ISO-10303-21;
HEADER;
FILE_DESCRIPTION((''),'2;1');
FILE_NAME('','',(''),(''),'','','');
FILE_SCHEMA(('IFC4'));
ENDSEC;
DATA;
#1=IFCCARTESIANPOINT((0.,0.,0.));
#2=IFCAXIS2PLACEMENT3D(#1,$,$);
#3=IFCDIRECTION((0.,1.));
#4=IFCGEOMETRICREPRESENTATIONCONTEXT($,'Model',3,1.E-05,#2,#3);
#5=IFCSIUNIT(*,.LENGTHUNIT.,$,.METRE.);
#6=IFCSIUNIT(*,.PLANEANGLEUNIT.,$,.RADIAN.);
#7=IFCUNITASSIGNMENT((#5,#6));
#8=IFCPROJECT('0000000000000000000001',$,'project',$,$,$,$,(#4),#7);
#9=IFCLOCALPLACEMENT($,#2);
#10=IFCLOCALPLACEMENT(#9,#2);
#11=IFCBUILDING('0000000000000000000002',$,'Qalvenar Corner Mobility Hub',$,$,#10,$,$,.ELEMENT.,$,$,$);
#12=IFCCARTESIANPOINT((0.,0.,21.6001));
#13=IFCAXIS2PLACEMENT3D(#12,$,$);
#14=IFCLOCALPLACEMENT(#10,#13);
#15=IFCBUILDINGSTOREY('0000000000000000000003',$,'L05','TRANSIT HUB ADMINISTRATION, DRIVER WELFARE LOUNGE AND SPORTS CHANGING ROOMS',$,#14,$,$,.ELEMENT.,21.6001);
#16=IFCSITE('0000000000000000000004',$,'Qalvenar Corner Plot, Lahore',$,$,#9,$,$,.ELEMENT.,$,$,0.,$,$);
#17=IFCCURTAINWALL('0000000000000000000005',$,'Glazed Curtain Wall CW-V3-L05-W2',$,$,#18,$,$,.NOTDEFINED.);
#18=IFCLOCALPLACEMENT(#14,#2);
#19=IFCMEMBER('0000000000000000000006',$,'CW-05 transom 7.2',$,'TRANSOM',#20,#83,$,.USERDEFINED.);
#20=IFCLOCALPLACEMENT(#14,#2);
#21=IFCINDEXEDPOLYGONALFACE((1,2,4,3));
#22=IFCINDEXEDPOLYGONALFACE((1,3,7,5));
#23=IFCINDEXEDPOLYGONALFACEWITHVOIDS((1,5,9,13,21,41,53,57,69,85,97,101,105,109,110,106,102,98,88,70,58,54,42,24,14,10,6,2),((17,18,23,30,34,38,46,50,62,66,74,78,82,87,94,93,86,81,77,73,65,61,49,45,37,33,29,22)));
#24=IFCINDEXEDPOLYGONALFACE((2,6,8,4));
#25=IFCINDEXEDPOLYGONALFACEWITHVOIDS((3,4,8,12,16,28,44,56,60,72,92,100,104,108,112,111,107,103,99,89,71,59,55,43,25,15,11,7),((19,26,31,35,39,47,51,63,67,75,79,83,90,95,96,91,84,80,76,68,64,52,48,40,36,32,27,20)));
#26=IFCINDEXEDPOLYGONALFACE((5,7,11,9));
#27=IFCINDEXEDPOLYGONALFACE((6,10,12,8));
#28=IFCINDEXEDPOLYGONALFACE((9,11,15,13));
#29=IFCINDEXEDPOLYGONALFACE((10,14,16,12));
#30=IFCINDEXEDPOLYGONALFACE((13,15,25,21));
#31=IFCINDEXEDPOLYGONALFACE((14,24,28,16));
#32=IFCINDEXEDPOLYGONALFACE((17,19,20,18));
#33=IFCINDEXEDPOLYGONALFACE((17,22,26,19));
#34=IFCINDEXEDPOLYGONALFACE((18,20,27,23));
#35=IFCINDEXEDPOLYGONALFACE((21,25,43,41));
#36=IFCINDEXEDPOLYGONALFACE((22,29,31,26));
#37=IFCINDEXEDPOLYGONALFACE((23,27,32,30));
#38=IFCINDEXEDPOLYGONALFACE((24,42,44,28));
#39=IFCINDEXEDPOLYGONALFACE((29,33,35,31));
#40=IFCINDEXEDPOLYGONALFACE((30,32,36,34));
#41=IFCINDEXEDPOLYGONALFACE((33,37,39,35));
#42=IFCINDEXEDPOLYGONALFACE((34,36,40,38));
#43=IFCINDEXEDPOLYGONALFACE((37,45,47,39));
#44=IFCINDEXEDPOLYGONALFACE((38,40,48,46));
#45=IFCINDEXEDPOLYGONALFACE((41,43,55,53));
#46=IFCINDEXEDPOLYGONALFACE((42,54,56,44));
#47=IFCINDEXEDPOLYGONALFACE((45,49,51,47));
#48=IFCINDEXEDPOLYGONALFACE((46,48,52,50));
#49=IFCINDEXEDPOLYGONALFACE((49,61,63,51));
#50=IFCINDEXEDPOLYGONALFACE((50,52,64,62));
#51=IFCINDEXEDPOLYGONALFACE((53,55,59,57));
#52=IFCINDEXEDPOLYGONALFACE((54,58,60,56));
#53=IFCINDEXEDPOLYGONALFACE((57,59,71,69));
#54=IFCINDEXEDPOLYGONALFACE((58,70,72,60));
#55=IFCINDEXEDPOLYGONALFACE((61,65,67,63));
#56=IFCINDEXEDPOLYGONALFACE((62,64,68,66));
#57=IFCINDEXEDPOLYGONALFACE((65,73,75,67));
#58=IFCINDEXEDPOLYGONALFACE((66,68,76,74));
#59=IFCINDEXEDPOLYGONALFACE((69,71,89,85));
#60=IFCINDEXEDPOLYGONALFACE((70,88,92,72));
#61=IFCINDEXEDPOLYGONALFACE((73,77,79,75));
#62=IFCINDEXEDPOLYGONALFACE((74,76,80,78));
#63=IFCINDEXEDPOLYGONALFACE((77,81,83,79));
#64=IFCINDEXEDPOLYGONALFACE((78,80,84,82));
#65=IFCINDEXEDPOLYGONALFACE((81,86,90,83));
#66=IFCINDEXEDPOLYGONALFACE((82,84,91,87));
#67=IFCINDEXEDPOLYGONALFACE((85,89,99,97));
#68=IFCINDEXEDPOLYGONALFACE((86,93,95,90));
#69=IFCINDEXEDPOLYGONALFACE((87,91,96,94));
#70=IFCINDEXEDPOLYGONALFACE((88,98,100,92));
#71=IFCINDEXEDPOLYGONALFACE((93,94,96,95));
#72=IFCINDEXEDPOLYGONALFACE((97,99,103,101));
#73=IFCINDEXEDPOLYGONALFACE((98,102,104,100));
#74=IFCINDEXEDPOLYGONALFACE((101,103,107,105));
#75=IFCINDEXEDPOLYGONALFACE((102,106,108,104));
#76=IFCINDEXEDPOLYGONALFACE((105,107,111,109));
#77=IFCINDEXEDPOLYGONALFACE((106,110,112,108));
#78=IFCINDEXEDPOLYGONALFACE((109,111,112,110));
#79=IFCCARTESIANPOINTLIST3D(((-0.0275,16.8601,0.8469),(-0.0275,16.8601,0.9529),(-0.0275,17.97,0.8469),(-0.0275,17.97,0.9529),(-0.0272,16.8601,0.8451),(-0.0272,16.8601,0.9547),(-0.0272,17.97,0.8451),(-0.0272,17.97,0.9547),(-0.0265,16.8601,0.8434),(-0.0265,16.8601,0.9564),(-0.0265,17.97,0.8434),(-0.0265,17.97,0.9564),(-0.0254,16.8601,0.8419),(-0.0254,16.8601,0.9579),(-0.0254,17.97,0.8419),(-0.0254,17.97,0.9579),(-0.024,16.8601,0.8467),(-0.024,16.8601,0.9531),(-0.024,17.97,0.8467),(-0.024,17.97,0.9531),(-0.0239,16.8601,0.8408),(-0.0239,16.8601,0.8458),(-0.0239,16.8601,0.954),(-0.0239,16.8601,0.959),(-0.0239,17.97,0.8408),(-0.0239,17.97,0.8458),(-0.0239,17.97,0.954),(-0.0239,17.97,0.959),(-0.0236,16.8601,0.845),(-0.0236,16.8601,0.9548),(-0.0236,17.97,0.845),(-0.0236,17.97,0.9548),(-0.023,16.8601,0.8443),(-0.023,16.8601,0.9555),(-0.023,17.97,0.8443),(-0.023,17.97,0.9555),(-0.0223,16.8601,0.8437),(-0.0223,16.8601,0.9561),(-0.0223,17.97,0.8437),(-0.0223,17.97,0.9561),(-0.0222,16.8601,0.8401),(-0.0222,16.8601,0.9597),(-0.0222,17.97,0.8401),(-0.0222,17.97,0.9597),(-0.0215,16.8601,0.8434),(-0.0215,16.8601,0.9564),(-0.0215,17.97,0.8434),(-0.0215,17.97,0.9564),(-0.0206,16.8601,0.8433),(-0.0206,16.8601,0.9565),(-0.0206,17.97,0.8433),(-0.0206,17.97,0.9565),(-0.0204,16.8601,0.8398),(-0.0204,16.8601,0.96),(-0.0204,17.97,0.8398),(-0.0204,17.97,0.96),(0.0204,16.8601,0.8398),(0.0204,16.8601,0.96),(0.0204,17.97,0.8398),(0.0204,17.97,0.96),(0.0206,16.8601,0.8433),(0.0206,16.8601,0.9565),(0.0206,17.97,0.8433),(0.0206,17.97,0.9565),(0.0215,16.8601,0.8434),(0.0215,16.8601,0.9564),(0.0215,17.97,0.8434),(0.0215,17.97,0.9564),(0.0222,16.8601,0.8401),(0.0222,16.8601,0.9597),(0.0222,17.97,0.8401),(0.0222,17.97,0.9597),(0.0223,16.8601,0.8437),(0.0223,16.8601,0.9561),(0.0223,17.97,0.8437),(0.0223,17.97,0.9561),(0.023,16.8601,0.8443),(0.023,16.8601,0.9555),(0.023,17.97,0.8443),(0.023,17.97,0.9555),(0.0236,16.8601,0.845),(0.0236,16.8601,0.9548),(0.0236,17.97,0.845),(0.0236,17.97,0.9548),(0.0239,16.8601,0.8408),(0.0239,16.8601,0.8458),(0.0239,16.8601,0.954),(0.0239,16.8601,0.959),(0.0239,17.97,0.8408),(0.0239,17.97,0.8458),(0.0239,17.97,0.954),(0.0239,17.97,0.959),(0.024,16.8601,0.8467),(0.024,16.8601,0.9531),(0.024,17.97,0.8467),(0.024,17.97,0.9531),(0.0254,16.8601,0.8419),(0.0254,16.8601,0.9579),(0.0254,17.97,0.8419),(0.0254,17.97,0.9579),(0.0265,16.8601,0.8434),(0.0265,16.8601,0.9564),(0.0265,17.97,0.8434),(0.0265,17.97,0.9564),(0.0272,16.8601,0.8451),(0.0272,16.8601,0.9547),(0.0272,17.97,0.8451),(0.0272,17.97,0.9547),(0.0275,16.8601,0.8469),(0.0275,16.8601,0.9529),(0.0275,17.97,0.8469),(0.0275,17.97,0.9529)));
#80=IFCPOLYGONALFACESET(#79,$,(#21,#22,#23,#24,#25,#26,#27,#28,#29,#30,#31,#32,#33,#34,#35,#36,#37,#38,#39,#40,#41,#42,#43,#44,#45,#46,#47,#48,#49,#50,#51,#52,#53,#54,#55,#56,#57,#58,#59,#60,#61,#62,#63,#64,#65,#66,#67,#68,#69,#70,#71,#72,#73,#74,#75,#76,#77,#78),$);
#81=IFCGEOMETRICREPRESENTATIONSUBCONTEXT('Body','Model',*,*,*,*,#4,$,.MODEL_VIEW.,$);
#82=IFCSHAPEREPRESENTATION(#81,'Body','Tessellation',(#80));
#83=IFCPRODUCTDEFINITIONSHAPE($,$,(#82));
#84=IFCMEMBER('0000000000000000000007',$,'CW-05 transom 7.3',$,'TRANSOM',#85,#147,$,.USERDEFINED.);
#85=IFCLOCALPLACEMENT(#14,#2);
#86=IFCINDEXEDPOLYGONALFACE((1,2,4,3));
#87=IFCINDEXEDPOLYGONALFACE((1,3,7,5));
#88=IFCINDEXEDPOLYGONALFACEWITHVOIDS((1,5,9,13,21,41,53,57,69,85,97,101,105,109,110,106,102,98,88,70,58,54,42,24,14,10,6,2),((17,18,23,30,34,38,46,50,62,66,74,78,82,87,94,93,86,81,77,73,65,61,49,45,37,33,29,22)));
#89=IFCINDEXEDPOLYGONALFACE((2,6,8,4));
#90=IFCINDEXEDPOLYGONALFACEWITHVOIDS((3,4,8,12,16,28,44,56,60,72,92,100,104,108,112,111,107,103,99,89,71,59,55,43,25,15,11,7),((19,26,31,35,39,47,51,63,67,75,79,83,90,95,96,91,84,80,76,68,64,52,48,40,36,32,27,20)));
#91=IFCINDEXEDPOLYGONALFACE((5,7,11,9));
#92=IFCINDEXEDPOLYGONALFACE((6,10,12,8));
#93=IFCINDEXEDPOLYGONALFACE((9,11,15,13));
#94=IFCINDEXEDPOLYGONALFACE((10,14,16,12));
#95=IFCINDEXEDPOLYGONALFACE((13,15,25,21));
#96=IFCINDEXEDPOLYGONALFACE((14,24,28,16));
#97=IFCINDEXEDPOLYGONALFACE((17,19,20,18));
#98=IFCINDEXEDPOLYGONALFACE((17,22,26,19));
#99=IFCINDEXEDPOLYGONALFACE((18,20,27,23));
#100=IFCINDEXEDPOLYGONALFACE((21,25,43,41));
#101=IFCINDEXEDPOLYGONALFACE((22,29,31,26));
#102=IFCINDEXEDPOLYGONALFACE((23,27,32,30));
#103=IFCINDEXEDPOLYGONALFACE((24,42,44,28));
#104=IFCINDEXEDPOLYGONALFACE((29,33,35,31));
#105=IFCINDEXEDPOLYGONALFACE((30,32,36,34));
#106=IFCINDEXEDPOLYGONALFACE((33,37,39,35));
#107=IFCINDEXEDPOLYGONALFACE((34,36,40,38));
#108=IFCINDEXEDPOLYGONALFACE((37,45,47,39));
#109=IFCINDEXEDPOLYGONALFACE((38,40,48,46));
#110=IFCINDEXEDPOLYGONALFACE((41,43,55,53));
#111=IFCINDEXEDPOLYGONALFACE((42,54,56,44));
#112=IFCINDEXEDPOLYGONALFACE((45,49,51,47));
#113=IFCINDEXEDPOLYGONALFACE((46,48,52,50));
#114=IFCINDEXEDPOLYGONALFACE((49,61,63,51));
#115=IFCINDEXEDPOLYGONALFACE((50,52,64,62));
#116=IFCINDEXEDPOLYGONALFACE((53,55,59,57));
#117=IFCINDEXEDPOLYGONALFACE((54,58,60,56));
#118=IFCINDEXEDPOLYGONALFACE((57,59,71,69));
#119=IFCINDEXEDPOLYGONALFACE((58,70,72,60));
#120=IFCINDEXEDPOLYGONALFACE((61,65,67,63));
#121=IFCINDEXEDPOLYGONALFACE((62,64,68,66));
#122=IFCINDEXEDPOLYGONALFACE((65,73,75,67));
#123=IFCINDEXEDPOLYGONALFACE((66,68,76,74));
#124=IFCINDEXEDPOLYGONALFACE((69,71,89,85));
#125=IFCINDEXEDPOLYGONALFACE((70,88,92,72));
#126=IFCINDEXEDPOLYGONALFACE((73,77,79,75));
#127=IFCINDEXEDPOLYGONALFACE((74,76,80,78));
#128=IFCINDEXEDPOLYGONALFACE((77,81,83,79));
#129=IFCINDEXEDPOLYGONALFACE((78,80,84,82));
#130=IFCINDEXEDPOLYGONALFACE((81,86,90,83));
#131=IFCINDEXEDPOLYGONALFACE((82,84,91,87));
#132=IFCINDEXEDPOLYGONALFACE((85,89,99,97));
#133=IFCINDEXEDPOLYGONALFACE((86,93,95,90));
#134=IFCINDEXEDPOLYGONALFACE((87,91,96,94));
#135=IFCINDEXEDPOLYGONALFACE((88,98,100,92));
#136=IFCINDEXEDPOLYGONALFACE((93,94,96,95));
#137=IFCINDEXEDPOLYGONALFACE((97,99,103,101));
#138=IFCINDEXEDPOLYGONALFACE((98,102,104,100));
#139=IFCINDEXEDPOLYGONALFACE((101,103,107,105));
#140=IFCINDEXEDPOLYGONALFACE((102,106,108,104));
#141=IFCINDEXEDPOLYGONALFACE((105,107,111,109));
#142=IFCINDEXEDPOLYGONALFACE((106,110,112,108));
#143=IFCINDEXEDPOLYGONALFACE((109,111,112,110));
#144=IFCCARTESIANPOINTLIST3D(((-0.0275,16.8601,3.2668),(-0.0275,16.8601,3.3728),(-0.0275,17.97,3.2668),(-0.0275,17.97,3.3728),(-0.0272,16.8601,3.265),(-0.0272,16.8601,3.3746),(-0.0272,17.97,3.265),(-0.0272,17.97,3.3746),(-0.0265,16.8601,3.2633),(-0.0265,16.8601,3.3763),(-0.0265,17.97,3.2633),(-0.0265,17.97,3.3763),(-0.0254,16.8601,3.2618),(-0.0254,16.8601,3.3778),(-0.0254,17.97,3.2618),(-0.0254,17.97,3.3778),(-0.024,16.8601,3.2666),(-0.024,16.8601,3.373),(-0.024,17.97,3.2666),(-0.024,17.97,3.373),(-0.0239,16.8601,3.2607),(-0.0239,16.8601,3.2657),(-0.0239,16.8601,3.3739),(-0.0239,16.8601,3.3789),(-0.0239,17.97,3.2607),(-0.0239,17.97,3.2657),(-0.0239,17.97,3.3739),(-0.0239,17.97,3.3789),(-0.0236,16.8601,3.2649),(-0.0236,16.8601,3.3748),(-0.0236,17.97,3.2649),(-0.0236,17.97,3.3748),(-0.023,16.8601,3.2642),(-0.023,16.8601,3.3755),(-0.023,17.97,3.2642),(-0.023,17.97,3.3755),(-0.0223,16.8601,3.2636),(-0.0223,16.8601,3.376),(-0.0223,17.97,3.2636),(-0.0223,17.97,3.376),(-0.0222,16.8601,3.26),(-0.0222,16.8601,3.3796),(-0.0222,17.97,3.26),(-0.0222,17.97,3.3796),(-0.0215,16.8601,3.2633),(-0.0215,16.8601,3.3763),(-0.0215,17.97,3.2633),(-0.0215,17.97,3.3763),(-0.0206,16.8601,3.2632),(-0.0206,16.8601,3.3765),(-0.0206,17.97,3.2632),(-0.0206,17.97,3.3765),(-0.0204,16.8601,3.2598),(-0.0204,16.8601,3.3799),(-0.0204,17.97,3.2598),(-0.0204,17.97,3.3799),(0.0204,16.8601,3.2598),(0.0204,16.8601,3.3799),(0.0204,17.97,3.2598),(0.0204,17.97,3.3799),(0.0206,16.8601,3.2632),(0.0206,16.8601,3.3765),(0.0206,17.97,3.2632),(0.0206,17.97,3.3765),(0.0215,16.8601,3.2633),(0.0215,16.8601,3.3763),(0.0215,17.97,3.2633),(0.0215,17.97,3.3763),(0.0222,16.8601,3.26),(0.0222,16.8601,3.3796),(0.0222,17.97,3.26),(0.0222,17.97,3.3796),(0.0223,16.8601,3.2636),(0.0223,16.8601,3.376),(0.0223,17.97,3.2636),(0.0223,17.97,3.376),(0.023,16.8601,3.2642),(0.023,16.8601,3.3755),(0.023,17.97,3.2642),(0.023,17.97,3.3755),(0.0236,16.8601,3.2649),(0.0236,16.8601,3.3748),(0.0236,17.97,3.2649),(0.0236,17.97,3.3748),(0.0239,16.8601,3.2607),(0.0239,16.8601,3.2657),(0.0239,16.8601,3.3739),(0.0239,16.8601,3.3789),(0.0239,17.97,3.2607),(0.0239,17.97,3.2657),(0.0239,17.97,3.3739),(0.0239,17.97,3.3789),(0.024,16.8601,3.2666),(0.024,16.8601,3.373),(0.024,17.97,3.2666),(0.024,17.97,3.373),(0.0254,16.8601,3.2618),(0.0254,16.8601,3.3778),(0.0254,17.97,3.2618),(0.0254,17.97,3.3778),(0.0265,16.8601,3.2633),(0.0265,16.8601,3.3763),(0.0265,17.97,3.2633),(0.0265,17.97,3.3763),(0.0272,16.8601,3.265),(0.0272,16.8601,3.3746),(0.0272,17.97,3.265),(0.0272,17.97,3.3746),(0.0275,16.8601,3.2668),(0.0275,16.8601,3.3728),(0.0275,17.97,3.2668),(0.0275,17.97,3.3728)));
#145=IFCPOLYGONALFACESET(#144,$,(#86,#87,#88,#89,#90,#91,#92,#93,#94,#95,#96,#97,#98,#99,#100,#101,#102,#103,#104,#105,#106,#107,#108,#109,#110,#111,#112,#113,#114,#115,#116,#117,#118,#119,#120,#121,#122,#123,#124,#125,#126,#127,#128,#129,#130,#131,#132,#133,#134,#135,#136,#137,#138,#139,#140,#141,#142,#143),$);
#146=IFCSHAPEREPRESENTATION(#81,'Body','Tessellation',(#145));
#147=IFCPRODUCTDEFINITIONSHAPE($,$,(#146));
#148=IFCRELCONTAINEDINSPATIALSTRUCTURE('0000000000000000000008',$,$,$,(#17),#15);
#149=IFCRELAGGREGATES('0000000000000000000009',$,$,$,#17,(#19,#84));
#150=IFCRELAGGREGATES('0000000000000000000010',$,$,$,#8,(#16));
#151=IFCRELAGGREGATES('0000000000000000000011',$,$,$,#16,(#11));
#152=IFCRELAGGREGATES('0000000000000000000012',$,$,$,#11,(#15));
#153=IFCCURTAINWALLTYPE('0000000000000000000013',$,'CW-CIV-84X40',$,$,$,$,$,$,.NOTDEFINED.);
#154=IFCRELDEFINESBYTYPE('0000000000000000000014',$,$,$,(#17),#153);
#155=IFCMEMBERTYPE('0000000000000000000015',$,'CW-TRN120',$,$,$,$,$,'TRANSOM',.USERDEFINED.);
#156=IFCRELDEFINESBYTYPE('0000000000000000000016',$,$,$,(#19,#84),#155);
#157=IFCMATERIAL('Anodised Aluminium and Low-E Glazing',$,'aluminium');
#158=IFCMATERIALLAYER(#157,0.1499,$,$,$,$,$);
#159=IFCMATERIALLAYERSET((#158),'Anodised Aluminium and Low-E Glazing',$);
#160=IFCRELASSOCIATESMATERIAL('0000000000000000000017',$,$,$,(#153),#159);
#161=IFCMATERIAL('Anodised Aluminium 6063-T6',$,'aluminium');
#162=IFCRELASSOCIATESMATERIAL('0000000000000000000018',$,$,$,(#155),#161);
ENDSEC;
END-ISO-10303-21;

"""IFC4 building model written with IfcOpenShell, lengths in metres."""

from ifc_helpers import new_model, si_unit, direction, frame, origin, origin_2d, place, context, subcontext, project, spatial, hollow_rectangle, extrude, material, layer, layer_set, material_profile, profile_set, type_object, element, aggregate, save


model = new_model("IFC4")

# Units and contexts
model_context = context("Model", 3, precision=1e-05, world=origin(), true_north=direction((0.0, 1.0)))
body_context = subcontext(model_context, "Body", "Model", "MODEL_VIEW")
ifc_project = project(units=[si_unit("LENGTHUNIT", "METRE"), si_unit("PLANEANGLEUNIT", "RADIAN")], contexts=[model_context])

# Site, building, storey
site_placement = place(None, origin())
site = spatial("IfcSite", under=ifc_project, at=site_placement, Name="Qalvenar Corner Plot, Lahore", CompositionType="ELEMENT", RefElevation=0.0)
building_placement = place(site_placement, origin())
building = spatial("IfcBuilding", under=site, at=building_placement, Name="Qalvenar Corner Mobility Hub", CompositionType="ELEMENT")
storey_placement = place(building_placement, frame((0.0, 0.0, 21.6001)))
storey = spatial("IfcBuildingStorey", under=building, at=storey_placement, Name="L05", Description="TRANSIT HUB ADMINISTRATION, DRIVER WELFARE LOUNGE AND SPORTS CHANGING ROOMS", CompositionType="ELEMENT", Elevation=21.6001)

# Curtain wall, members
ifc_material_1 = material(Name="Anodised Aluminium and Low-E Glazing", Category="aluminium")
ifc_layer_1 = layer(ifc_material_1, 0.1499)
ifc_layer_set_1 = layer_set([ifc_layer_1], Name="Anodised Aluminium and Low-E Glazing")
curtain_wall_type = type_object("IfcCurtainWallType", Name="CW-CIV-84X40", PredefinedType="NOTDEFINED", material=ifc_layer_set_1)
curtain_wall_placement = place(storey_placement, origin())
curtain_wall = element("IfcCurtainWall", 1, at=curtain_wall_placement, inside=storey, type_object=curtain_wall_type, Name="Glazed Curtain Wall CW-V3-L05-W2", PredefinedType="NOTDEFINED")
ifc_material_2 = material(Name="Anodised Aluminium 6063-T6", Category="aluminium")
ifc_material_profile_1 = material_profile(ifc_material_2, hollow_rectangle(XDim=0.0549, YDim=0.1201, WallThickness=0.0034, InnerFilletRadius=0.0034, OuterFilletRadius=0.0071, at=origin_2d()), Name="RHS120x55x3.5")
ifc_profile_set_1 = profile_set([ifc_material_profile_1], Name="Anodised Aluminium 6063-T6")
member_type_1 = type_object("IfcMemberType", Name="CW-TRN120", ElementType="TRANSOM", PredefinedType="USERDEFINED", material=ifc_profile_set_1)
member_1_placement = place(storey_placement, frame((0.0, 17.97, 0.8999), z_axis=(0.0, -1.0, 0.0), x_axis=(1.0, 0.0, 0.0)))
member_1 = element("IfcMember", 2, at=member_1_placement, type_object=member_type_1, Name="CW-05 transom 7.2", ObjectType="TRANSOM", PredefinedType="USERDEFINED", context=body_context, shape_type="SweptSolid", body=[
    extrude(hollow_rectangle(XDim=0.0549, YDim=0.1201, WallThickness=0.0034, InnerFilletRadius=0.0034, OuterFilletRadius=0.0071, at=origin_2d()), origin(), (0.0, 0.0, 1.0), 1.1099),
])
member_2_placement = place(storey_placement, frame((0.0, 17.97, 3.3198), z_axis=(0.0, -1.0, 0.0), x_axis=(1.0, 0.0, 0.0)))
member_2 = element("IfcMember", 3, at=member_2_placement, type_object=member_type_1, Name="CW-05 transom 7.3", ObjectType="TRANSOM", PredefinedType="USERDEFINED", context=body_context, shape_type="SweptSolid", body=[
    extrude(hollow_rectangle(XDim=0.0549, YDim=0.1201, WallThickness=0.0034, InnerFilletRadius=0.0034, OuterFilletRadius=0.0071, at=origin_2d()), origin(), (0.0, 0.0, 1.0), 1.1099),
])
aggregate(curtain_wall, [member_1, member_2])

save(model, "model.ifc")
